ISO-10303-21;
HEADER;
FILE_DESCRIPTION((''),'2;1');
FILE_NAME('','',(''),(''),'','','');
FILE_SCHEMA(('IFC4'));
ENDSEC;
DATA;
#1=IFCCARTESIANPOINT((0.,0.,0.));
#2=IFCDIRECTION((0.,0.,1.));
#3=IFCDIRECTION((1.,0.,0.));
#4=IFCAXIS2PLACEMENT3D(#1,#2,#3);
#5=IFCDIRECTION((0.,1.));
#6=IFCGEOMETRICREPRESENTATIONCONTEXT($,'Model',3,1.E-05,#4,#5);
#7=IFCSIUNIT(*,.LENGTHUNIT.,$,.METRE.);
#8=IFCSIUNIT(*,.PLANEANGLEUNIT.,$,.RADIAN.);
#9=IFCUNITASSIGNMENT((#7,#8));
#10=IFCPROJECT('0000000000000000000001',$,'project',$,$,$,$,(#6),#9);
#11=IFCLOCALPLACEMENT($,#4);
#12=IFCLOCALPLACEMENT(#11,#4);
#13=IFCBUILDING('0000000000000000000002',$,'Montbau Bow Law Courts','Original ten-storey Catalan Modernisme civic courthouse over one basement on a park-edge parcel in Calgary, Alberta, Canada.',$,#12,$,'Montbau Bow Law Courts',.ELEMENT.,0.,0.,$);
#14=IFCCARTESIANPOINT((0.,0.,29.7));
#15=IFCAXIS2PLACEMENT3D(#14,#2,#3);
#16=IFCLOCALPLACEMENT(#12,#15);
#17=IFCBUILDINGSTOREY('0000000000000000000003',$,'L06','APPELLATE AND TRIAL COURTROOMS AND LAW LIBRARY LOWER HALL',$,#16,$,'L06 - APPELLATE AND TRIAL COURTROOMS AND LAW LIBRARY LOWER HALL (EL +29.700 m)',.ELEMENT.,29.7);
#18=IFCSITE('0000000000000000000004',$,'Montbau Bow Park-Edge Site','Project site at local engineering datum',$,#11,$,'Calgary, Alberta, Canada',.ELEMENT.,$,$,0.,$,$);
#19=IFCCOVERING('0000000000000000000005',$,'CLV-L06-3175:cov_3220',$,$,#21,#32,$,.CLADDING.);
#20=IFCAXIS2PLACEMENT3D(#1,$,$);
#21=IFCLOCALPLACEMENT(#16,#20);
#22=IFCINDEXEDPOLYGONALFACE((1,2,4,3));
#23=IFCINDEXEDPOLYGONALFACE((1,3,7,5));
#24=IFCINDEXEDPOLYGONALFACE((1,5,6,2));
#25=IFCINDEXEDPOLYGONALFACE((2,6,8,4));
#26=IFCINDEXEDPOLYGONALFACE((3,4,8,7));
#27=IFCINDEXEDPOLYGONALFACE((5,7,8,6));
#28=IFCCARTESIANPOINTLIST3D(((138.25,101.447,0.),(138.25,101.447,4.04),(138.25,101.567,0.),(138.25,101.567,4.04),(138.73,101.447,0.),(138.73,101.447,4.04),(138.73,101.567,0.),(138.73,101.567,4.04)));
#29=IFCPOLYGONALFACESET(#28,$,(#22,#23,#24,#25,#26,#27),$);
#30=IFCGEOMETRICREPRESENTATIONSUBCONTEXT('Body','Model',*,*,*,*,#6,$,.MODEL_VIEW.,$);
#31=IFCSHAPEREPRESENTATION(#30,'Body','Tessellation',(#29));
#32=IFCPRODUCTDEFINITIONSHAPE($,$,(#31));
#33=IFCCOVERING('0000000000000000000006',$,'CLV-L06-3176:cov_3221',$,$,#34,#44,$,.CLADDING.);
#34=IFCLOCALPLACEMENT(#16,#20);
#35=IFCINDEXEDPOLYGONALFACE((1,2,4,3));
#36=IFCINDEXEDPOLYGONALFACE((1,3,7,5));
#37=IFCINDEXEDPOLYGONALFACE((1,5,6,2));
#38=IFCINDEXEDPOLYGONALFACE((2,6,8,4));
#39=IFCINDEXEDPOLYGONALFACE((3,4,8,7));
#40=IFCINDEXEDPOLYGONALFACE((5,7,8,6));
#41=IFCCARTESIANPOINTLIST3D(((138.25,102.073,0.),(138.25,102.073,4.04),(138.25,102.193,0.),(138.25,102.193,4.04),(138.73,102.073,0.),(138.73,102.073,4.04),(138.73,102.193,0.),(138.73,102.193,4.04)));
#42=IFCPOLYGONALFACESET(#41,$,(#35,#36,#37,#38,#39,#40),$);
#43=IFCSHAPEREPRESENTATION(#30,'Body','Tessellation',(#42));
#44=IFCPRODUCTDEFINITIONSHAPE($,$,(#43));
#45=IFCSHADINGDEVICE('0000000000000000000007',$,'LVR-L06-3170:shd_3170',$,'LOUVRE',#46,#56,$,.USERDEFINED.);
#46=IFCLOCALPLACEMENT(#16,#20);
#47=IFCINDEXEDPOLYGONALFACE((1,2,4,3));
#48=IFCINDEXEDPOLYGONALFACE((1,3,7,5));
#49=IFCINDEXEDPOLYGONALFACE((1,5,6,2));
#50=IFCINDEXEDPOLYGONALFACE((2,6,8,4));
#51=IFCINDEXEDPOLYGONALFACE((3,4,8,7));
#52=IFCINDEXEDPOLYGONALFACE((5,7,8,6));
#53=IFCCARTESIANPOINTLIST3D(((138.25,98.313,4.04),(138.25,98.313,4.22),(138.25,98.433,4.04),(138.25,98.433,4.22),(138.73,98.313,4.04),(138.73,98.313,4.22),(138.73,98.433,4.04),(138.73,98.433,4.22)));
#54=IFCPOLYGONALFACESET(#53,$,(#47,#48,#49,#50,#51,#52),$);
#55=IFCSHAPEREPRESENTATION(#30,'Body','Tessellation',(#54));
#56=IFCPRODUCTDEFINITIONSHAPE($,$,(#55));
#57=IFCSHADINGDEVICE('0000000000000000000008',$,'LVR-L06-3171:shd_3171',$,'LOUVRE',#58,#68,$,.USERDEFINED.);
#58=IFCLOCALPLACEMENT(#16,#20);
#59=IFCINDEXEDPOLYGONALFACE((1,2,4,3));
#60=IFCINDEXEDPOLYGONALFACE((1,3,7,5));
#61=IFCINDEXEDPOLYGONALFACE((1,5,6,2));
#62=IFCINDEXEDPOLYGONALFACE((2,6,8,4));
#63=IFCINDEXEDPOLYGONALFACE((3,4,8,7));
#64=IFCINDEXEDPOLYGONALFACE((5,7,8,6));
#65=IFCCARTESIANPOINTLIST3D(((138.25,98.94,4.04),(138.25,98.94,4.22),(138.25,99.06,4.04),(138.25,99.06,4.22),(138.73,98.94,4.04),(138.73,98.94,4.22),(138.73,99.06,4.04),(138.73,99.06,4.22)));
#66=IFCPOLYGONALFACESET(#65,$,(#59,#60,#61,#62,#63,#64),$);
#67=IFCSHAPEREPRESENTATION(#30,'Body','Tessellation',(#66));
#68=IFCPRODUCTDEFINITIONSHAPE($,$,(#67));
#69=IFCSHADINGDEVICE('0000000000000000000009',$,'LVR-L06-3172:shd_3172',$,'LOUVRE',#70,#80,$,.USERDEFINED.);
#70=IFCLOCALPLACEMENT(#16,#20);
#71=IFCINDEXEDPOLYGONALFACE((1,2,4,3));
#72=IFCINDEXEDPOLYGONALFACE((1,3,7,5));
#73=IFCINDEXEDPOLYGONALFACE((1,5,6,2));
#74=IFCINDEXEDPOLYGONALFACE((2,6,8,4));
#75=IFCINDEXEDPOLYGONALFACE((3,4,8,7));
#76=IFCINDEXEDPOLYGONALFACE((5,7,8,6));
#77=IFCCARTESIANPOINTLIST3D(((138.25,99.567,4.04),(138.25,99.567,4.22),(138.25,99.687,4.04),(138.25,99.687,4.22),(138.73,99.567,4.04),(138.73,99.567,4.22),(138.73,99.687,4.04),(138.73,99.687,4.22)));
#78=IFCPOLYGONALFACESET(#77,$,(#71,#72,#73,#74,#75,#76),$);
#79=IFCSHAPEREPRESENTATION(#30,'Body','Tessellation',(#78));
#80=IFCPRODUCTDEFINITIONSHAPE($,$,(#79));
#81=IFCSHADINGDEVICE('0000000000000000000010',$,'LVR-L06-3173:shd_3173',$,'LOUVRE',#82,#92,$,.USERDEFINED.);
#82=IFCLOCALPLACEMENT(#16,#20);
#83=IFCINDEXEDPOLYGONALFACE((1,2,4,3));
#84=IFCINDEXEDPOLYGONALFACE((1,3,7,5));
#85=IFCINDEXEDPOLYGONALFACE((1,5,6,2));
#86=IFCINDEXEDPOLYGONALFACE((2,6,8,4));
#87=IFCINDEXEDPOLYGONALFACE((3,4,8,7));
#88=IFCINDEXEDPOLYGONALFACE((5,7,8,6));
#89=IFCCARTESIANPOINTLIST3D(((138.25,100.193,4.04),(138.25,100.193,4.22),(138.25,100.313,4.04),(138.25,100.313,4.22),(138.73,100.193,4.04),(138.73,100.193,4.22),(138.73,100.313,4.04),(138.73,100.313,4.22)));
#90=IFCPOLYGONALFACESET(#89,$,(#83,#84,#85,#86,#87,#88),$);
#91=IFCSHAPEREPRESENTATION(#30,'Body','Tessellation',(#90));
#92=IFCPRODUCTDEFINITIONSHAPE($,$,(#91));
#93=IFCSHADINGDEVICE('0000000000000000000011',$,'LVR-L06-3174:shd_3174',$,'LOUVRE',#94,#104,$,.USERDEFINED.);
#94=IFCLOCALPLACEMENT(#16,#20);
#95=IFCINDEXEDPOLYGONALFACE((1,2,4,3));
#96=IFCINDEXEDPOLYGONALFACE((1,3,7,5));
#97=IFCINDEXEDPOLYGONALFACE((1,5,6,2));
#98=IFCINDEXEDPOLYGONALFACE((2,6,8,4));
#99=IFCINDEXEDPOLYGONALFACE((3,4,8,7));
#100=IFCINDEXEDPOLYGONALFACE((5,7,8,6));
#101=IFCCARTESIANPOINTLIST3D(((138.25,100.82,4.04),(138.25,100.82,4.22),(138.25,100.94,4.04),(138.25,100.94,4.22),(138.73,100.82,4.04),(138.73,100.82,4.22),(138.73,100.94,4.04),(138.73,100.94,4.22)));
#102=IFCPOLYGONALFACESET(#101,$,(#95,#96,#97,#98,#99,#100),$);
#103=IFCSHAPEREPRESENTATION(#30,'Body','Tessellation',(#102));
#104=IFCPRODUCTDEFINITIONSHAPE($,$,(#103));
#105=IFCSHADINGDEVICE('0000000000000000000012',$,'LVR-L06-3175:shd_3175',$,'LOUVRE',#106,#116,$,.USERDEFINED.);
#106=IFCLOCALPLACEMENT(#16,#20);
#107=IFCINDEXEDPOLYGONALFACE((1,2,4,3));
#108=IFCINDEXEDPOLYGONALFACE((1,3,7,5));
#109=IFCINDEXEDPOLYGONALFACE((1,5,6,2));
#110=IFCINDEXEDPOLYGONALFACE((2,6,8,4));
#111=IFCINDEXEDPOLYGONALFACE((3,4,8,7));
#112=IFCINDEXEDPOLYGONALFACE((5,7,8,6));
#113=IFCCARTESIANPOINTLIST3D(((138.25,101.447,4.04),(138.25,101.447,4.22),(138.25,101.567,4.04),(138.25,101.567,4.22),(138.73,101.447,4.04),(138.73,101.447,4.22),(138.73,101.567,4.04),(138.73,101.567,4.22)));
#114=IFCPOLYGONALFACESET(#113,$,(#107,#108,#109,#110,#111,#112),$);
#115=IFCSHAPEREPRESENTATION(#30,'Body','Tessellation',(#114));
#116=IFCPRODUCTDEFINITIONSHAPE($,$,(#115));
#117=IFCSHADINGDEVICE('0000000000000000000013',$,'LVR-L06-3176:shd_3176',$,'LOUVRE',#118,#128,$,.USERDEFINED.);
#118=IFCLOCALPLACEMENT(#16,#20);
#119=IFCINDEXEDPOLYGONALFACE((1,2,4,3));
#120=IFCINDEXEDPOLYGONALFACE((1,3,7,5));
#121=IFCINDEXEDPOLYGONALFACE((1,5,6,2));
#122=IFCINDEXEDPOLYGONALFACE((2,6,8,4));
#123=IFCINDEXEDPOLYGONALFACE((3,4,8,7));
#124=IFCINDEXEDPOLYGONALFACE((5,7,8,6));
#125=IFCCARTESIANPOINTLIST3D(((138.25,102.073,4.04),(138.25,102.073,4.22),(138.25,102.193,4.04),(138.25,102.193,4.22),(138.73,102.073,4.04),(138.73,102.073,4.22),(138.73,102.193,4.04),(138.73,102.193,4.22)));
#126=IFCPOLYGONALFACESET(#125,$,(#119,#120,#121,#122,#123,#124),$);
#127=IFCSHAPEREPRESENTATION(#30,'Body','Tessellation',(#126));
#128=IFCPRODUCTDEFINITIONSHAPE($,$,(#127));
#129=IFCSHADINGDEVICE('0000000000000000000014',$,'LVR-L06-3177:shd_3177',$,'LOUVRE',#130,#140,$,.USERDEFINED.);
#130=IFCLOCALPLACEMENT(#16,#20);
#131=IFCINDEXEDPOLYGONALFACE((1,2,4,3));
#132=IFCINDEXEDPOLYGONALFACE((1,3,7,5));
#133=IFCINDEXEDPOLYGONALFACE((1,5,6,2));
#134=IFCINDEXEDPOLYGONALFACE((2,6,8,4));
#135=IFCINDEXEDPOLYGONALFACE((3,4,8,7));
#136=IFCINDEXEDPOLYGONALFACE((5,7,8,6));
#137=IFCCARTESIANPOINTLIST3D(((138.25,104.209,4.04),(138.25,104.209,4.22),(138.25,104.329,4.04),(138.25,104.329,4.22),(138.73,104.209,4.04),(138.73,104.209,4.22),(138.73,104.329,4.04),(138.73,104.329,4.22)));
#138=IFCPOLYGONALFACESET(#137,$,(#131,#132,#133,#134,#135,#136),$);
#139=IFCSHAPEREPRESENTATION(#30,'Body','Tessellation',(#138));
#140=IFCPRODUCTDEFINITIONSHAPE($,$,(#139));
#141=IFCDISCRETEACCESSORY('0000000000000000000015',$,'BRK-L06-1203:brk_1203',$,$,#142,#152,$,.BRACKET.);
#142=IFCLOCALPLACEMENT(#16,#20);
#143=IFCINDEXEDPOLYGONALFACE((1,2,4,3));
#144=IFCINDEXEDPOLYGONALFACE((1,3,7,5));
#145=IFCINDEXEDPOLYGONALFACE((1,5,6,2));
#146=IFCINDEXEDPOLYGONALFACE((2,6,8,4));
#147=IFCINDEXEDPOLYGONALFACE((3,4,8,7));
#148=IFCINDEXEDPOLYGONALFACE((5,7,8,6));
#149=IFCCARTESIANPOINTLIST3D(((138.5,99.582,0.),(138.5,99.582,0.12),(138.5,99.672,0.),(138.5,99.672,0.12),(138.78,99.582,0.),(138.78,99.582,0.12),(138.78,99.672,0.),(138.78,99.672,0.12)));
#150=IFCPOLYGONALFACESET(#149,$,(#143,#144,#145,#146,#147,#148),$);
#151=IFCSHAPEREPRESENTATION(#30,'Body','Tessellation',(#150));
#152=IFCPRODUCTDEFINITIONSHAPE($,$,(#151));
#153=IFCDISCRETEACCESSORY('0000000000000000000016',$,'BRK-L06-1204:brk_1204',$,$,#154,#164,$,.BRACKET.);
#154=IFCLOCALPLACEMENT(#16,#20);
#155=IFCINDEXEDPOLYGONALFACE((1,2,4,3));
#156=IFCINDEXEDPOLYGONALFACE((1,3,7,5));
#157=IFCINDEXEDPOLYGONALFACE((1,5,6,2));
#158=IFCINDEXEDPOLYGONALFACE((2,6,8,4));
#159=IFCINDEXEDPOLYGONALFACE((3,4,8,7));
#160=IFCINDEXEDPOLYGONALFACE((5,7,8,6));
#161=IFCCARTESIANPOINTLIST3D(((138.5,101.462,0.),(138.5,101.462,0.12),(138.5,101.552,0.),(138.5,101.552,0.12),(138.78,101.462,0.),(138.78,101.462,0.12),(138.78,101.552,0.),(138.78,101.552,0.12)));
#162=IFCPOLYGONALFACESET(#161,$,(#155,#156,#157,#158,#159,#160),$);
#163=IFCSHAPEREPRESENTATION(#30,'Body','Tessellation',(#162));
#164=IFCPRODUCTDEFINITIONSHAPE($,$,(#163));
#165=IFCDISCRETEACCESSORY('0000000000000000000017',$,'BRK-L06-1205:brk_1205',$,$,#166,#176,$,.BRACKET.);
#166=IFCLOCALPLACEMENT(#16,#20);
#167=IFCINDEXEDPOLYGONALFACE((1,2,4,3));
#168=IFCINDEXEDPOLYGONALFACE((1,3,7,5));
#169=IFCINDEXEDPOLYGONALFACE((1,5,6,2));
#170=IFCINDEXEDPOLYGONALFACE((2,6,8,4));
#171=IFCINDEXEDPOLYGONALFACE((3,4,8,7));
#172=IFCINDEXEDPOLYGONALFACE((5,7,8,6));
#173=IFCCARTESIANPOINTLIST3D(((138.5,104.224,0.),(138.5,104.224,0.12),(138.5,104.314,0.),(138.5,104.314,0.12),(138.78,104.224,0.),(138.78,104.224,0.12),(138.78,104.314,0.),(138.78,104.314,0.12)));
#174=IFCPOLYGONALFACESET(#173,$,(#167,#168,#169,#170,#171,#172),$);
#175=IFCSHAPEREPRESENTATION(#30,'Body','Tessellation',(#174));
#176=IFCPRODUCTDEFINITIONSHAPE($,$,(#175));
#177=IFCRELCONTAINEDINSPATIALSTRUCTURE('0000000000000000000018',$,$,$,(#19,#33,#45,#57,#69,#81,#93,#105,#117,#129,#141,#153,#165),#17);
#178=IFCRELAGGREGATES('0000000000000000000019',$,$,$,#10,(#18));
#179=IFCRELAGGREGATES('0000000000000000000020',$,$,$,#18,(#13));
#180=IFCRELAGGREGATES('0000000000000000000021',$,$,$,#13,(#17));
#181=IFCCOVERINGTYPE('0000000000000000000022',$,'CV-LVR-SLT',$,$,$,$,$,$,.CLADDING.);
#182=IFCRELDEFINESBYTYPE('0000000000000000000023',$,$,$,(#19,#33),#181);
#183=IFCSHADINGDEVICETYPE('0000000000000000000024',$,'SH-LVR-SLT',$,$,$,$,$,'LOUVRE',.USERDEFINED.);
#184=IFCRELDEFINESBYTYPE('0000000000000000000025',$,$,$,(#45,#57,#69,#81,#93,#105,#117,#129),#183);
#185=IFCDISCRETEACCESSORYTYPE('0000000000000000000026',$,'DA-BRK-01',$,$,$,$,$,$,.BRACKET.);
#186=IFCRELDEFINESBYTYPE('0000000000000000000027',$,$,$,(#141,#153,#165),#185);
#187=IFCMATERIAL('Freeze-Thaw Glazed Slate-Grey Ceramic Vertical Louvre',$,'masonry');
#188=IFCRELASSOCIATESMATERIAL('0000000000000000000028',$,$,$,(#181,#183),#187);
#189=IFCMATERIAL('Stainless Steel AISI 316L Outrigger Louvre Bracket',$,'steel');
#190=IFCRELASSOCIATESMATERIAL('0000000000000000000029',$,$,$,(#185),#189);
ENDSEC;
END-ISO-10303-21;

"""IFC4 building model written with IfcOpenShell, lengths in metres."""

from ifc_helpers import new_model, si_unit, direction, frame, frame_2d, origin_with_axes, origin_2d_with_axis, place, context, subcontext, project, spatial, rectangle, extrude, material, type_object, element, save


model = new_model("IFC4")

# Units and contexts
model_context = context("Model", 3, precision=1e-05, world=origin_with_axes(), true_north=direction((0.0, 1.0)))
body_context = subcontext(model_context, "Body", "Model", "MODEL_VIEW")
ifc_project = project(units=[si_unit("LENGTHUNIT", "METRE"), si_unit("PLANEANGLEUNIT", "RADIAN")], contexts=[model_context])

# Site, building, storey
site_placement = place(None, origin_with_axes())
site = spatial("IfcSite", under=ifc_project, at=site_placement, Name="Montbau Bow Park-Edge Site", Description="Project site at local engineering datum", LongName="Calgary, Alberta, Canada", CompositionType="ELEMENT", RefElevation=0.0)
building_placement = place(site_placement, origin_with_axes())
building = spatial("IfcBuilding", under=site, at=building_placement, Name="Montbau Bow Law Courts", Description="Original ten-storey Catalan Modernisme civic courthouse over one basement on a park-edge parcel in Calgary, Alberta, Canada.", LongName="Montbau Bow Law Courts", CompositionType="ELEMENT", ElevationOfRefHeight=0.0, ElevationOfTerrain=0.0)
storey_placement = place(building_placement, frame((0.0, 0.0, 29.7), z_axis=(0.0, 0.0, 1.0), x_axis=(1.0, 0.0, 0.0)))
storey = spatial("IfcBuildingStorey", under=building, at=storey_placement, Name="L06", Description="APPELLATE AND TRIAL COURTROOMS AND LAW LIBRARY LOWER HALL", LongName="L06 - APPELLATE AND TRIAL COURTROOMS AND LAW LIBRARY LOWER HALL (EL +29.700 m)", CompositionType="ELEMENT", Elevation=29.7)

# Coverings
ifc_material_1 = material(Name="Freeze-Thaw Glazed Slate-Grey Ceramic Vertical Louvre", Category="masonry")
covering_type = type_object("IfcCoveringType", Name="CV-LVR-SLT", PredefinedType="CLADDING", material=ifc_material_1)
for number, where, z_axis, x_axis, name in (
    (1, (138.73, 101.507, 29.7), (0.0, 1.0, 0.0), (-1.0, 0.0, 0.0), "CLV-L06-3175:cov_3220"),
    (2, (138.73, 102.133, 29.7), (0.0, 1.0, 0.0), (-1.0, 0.0, 0.0), "CLV-L06-3176:cov_3221"),
):
    element("IfcCovering", number, at=place(None, frame(where, z_axis=z_axis, x_axis=x_axis)), inside=storey, type_object=covering_type, Name=name, PredefinedType="CLADDING", context=body_context, shape_type="SweptSolid", body=[
        extrude(rectangle(XDim=0.48, YDim=4.04, at=frame_2d((0.24, 2.02), x_axis=(1.0, 0.0))), frame((0.0, 0.0, -0.06), z_axis=(0.0, 0.0, 1.0), x_axis=(1.0, 0.0, 0.0)), (0.0, 0.0, 1.0), 0.12),
    ])

# Shading devices
shading_device_type = type_object("IfcShadingDeviceType", Name="SH-LVR-SLT", ElementType="LOUVRE", PredefinedType="USERDEFINED", material=ifc_material_1)
for number, where, z_axis, x_axis, name in (
    (3, (138.49, 98.373, 33.74), (0.0, 0.0, 1.0), (-1.0, 0.0, 0.0), "LVR-L06-3170:shd_3170"),
    (4, (138.49, 99.0, 33.74), (0.0, 0.0, 1.0), (-1.0, 0.0, 0.0), "LVR-L06-3171:shd_3171"),
    (5, (138.49, 99.627, 33.74), (0.0, 0.0, 1.0), (-1.0, 0.0, 0.0), "LVR-L06-3172:shd_3172"),
    (6, (138.49, 100.253, 33.74), (0.0, 0.0, 1.0), (-1.0, 0.0, 0.0), "LVR-L06-3173:shd_3173"),
    (7, (138.49, 100.88, 33.74), (0.0, 0.0, 1.0), (-1.0, 0.0, 0.0), "LVR-L06-3174:shd_3174"),
    (8, (138.49, 101.507, 33.74), (0.0, 0.0, 1.0), (-1.0, 0.0, 0.0), "LVR-L06-3175:shd_3175"),
    (9, (138.49, 102.133, 33.74), (0.0, 0.0, 1.0), (-1.0, 0.0, 0.0), "LVR-L06-3176:shd_3176"),
    (10, (138.49, 104.269, 33.74), (0.0, 0.0, 1.0), (-1.0, 0.0, 0.0), "LVR-L06-3177:shd_3177"),
):
    element("IfcShadingDevice", number, at=place(None, frame(where, z_axis=z_axis, x_axis=x_axis)), inside=storey, type_object=shading_device_type, Name=name, ObjectType="LOUVRE", PredefinedType="USERDEFINED", context=body_context, shape_type="SweptSolid", body=[
        extrude(rectangle(XDim=0.48, YDim=0.12, at=origin_2d_with_axis()), origin_with_axes(), (0.0, 0.0, 1.0), 0.18),
    ])

# Discrete accessories
ifc_material_2 = material(Name="Stainless Steel AISI 316L Outrigger Louvre Bracket", Category="steel")
discrete_accessory_type = type_object("IfcDiscreteAccessoryType", Name="DA-BRK-01", PredefinedType="BRACKET", material=ifc_material_2)
for number, where, z_axis, x_axis, name in (
    (11, (138.64, 99.627, 29.7), (0.0, 0.0, 1.0), (-1.0, 0.0, 0.0), "BRK-L06-1203:brk_1203"),
    (12, (138.64, 101.507, 29.7), (0.0, 0.0, 1.0), (-1.0, 0.0, 0.0), "BRK-L06-1204:brk_1204"),
    (13, (138.64, 104.269, 29.7), (0.0, 0.0, 1.0), (-1.0, 0.0, 0.0), "BRK-L06-1205:brk_1205"),
):
    element("IfcDiscreteAccessory", number, at=place(None, frame(where, z_axis=z_axis, x_axis=x_axis)), inside=storey, type_object=discrete_accessory_type, Name=name, PredefinedType="BRACKET", context=body_context, shape_type="SweptSolid", body=[
        extrude(rectangle(XDim=0.28, YDim=0.09, at=origin_2d_with_axis()), origin_with_axes(), (0.0, 0.0, 1.0), 0.12),
    ])

save(model, "model.ifc")
